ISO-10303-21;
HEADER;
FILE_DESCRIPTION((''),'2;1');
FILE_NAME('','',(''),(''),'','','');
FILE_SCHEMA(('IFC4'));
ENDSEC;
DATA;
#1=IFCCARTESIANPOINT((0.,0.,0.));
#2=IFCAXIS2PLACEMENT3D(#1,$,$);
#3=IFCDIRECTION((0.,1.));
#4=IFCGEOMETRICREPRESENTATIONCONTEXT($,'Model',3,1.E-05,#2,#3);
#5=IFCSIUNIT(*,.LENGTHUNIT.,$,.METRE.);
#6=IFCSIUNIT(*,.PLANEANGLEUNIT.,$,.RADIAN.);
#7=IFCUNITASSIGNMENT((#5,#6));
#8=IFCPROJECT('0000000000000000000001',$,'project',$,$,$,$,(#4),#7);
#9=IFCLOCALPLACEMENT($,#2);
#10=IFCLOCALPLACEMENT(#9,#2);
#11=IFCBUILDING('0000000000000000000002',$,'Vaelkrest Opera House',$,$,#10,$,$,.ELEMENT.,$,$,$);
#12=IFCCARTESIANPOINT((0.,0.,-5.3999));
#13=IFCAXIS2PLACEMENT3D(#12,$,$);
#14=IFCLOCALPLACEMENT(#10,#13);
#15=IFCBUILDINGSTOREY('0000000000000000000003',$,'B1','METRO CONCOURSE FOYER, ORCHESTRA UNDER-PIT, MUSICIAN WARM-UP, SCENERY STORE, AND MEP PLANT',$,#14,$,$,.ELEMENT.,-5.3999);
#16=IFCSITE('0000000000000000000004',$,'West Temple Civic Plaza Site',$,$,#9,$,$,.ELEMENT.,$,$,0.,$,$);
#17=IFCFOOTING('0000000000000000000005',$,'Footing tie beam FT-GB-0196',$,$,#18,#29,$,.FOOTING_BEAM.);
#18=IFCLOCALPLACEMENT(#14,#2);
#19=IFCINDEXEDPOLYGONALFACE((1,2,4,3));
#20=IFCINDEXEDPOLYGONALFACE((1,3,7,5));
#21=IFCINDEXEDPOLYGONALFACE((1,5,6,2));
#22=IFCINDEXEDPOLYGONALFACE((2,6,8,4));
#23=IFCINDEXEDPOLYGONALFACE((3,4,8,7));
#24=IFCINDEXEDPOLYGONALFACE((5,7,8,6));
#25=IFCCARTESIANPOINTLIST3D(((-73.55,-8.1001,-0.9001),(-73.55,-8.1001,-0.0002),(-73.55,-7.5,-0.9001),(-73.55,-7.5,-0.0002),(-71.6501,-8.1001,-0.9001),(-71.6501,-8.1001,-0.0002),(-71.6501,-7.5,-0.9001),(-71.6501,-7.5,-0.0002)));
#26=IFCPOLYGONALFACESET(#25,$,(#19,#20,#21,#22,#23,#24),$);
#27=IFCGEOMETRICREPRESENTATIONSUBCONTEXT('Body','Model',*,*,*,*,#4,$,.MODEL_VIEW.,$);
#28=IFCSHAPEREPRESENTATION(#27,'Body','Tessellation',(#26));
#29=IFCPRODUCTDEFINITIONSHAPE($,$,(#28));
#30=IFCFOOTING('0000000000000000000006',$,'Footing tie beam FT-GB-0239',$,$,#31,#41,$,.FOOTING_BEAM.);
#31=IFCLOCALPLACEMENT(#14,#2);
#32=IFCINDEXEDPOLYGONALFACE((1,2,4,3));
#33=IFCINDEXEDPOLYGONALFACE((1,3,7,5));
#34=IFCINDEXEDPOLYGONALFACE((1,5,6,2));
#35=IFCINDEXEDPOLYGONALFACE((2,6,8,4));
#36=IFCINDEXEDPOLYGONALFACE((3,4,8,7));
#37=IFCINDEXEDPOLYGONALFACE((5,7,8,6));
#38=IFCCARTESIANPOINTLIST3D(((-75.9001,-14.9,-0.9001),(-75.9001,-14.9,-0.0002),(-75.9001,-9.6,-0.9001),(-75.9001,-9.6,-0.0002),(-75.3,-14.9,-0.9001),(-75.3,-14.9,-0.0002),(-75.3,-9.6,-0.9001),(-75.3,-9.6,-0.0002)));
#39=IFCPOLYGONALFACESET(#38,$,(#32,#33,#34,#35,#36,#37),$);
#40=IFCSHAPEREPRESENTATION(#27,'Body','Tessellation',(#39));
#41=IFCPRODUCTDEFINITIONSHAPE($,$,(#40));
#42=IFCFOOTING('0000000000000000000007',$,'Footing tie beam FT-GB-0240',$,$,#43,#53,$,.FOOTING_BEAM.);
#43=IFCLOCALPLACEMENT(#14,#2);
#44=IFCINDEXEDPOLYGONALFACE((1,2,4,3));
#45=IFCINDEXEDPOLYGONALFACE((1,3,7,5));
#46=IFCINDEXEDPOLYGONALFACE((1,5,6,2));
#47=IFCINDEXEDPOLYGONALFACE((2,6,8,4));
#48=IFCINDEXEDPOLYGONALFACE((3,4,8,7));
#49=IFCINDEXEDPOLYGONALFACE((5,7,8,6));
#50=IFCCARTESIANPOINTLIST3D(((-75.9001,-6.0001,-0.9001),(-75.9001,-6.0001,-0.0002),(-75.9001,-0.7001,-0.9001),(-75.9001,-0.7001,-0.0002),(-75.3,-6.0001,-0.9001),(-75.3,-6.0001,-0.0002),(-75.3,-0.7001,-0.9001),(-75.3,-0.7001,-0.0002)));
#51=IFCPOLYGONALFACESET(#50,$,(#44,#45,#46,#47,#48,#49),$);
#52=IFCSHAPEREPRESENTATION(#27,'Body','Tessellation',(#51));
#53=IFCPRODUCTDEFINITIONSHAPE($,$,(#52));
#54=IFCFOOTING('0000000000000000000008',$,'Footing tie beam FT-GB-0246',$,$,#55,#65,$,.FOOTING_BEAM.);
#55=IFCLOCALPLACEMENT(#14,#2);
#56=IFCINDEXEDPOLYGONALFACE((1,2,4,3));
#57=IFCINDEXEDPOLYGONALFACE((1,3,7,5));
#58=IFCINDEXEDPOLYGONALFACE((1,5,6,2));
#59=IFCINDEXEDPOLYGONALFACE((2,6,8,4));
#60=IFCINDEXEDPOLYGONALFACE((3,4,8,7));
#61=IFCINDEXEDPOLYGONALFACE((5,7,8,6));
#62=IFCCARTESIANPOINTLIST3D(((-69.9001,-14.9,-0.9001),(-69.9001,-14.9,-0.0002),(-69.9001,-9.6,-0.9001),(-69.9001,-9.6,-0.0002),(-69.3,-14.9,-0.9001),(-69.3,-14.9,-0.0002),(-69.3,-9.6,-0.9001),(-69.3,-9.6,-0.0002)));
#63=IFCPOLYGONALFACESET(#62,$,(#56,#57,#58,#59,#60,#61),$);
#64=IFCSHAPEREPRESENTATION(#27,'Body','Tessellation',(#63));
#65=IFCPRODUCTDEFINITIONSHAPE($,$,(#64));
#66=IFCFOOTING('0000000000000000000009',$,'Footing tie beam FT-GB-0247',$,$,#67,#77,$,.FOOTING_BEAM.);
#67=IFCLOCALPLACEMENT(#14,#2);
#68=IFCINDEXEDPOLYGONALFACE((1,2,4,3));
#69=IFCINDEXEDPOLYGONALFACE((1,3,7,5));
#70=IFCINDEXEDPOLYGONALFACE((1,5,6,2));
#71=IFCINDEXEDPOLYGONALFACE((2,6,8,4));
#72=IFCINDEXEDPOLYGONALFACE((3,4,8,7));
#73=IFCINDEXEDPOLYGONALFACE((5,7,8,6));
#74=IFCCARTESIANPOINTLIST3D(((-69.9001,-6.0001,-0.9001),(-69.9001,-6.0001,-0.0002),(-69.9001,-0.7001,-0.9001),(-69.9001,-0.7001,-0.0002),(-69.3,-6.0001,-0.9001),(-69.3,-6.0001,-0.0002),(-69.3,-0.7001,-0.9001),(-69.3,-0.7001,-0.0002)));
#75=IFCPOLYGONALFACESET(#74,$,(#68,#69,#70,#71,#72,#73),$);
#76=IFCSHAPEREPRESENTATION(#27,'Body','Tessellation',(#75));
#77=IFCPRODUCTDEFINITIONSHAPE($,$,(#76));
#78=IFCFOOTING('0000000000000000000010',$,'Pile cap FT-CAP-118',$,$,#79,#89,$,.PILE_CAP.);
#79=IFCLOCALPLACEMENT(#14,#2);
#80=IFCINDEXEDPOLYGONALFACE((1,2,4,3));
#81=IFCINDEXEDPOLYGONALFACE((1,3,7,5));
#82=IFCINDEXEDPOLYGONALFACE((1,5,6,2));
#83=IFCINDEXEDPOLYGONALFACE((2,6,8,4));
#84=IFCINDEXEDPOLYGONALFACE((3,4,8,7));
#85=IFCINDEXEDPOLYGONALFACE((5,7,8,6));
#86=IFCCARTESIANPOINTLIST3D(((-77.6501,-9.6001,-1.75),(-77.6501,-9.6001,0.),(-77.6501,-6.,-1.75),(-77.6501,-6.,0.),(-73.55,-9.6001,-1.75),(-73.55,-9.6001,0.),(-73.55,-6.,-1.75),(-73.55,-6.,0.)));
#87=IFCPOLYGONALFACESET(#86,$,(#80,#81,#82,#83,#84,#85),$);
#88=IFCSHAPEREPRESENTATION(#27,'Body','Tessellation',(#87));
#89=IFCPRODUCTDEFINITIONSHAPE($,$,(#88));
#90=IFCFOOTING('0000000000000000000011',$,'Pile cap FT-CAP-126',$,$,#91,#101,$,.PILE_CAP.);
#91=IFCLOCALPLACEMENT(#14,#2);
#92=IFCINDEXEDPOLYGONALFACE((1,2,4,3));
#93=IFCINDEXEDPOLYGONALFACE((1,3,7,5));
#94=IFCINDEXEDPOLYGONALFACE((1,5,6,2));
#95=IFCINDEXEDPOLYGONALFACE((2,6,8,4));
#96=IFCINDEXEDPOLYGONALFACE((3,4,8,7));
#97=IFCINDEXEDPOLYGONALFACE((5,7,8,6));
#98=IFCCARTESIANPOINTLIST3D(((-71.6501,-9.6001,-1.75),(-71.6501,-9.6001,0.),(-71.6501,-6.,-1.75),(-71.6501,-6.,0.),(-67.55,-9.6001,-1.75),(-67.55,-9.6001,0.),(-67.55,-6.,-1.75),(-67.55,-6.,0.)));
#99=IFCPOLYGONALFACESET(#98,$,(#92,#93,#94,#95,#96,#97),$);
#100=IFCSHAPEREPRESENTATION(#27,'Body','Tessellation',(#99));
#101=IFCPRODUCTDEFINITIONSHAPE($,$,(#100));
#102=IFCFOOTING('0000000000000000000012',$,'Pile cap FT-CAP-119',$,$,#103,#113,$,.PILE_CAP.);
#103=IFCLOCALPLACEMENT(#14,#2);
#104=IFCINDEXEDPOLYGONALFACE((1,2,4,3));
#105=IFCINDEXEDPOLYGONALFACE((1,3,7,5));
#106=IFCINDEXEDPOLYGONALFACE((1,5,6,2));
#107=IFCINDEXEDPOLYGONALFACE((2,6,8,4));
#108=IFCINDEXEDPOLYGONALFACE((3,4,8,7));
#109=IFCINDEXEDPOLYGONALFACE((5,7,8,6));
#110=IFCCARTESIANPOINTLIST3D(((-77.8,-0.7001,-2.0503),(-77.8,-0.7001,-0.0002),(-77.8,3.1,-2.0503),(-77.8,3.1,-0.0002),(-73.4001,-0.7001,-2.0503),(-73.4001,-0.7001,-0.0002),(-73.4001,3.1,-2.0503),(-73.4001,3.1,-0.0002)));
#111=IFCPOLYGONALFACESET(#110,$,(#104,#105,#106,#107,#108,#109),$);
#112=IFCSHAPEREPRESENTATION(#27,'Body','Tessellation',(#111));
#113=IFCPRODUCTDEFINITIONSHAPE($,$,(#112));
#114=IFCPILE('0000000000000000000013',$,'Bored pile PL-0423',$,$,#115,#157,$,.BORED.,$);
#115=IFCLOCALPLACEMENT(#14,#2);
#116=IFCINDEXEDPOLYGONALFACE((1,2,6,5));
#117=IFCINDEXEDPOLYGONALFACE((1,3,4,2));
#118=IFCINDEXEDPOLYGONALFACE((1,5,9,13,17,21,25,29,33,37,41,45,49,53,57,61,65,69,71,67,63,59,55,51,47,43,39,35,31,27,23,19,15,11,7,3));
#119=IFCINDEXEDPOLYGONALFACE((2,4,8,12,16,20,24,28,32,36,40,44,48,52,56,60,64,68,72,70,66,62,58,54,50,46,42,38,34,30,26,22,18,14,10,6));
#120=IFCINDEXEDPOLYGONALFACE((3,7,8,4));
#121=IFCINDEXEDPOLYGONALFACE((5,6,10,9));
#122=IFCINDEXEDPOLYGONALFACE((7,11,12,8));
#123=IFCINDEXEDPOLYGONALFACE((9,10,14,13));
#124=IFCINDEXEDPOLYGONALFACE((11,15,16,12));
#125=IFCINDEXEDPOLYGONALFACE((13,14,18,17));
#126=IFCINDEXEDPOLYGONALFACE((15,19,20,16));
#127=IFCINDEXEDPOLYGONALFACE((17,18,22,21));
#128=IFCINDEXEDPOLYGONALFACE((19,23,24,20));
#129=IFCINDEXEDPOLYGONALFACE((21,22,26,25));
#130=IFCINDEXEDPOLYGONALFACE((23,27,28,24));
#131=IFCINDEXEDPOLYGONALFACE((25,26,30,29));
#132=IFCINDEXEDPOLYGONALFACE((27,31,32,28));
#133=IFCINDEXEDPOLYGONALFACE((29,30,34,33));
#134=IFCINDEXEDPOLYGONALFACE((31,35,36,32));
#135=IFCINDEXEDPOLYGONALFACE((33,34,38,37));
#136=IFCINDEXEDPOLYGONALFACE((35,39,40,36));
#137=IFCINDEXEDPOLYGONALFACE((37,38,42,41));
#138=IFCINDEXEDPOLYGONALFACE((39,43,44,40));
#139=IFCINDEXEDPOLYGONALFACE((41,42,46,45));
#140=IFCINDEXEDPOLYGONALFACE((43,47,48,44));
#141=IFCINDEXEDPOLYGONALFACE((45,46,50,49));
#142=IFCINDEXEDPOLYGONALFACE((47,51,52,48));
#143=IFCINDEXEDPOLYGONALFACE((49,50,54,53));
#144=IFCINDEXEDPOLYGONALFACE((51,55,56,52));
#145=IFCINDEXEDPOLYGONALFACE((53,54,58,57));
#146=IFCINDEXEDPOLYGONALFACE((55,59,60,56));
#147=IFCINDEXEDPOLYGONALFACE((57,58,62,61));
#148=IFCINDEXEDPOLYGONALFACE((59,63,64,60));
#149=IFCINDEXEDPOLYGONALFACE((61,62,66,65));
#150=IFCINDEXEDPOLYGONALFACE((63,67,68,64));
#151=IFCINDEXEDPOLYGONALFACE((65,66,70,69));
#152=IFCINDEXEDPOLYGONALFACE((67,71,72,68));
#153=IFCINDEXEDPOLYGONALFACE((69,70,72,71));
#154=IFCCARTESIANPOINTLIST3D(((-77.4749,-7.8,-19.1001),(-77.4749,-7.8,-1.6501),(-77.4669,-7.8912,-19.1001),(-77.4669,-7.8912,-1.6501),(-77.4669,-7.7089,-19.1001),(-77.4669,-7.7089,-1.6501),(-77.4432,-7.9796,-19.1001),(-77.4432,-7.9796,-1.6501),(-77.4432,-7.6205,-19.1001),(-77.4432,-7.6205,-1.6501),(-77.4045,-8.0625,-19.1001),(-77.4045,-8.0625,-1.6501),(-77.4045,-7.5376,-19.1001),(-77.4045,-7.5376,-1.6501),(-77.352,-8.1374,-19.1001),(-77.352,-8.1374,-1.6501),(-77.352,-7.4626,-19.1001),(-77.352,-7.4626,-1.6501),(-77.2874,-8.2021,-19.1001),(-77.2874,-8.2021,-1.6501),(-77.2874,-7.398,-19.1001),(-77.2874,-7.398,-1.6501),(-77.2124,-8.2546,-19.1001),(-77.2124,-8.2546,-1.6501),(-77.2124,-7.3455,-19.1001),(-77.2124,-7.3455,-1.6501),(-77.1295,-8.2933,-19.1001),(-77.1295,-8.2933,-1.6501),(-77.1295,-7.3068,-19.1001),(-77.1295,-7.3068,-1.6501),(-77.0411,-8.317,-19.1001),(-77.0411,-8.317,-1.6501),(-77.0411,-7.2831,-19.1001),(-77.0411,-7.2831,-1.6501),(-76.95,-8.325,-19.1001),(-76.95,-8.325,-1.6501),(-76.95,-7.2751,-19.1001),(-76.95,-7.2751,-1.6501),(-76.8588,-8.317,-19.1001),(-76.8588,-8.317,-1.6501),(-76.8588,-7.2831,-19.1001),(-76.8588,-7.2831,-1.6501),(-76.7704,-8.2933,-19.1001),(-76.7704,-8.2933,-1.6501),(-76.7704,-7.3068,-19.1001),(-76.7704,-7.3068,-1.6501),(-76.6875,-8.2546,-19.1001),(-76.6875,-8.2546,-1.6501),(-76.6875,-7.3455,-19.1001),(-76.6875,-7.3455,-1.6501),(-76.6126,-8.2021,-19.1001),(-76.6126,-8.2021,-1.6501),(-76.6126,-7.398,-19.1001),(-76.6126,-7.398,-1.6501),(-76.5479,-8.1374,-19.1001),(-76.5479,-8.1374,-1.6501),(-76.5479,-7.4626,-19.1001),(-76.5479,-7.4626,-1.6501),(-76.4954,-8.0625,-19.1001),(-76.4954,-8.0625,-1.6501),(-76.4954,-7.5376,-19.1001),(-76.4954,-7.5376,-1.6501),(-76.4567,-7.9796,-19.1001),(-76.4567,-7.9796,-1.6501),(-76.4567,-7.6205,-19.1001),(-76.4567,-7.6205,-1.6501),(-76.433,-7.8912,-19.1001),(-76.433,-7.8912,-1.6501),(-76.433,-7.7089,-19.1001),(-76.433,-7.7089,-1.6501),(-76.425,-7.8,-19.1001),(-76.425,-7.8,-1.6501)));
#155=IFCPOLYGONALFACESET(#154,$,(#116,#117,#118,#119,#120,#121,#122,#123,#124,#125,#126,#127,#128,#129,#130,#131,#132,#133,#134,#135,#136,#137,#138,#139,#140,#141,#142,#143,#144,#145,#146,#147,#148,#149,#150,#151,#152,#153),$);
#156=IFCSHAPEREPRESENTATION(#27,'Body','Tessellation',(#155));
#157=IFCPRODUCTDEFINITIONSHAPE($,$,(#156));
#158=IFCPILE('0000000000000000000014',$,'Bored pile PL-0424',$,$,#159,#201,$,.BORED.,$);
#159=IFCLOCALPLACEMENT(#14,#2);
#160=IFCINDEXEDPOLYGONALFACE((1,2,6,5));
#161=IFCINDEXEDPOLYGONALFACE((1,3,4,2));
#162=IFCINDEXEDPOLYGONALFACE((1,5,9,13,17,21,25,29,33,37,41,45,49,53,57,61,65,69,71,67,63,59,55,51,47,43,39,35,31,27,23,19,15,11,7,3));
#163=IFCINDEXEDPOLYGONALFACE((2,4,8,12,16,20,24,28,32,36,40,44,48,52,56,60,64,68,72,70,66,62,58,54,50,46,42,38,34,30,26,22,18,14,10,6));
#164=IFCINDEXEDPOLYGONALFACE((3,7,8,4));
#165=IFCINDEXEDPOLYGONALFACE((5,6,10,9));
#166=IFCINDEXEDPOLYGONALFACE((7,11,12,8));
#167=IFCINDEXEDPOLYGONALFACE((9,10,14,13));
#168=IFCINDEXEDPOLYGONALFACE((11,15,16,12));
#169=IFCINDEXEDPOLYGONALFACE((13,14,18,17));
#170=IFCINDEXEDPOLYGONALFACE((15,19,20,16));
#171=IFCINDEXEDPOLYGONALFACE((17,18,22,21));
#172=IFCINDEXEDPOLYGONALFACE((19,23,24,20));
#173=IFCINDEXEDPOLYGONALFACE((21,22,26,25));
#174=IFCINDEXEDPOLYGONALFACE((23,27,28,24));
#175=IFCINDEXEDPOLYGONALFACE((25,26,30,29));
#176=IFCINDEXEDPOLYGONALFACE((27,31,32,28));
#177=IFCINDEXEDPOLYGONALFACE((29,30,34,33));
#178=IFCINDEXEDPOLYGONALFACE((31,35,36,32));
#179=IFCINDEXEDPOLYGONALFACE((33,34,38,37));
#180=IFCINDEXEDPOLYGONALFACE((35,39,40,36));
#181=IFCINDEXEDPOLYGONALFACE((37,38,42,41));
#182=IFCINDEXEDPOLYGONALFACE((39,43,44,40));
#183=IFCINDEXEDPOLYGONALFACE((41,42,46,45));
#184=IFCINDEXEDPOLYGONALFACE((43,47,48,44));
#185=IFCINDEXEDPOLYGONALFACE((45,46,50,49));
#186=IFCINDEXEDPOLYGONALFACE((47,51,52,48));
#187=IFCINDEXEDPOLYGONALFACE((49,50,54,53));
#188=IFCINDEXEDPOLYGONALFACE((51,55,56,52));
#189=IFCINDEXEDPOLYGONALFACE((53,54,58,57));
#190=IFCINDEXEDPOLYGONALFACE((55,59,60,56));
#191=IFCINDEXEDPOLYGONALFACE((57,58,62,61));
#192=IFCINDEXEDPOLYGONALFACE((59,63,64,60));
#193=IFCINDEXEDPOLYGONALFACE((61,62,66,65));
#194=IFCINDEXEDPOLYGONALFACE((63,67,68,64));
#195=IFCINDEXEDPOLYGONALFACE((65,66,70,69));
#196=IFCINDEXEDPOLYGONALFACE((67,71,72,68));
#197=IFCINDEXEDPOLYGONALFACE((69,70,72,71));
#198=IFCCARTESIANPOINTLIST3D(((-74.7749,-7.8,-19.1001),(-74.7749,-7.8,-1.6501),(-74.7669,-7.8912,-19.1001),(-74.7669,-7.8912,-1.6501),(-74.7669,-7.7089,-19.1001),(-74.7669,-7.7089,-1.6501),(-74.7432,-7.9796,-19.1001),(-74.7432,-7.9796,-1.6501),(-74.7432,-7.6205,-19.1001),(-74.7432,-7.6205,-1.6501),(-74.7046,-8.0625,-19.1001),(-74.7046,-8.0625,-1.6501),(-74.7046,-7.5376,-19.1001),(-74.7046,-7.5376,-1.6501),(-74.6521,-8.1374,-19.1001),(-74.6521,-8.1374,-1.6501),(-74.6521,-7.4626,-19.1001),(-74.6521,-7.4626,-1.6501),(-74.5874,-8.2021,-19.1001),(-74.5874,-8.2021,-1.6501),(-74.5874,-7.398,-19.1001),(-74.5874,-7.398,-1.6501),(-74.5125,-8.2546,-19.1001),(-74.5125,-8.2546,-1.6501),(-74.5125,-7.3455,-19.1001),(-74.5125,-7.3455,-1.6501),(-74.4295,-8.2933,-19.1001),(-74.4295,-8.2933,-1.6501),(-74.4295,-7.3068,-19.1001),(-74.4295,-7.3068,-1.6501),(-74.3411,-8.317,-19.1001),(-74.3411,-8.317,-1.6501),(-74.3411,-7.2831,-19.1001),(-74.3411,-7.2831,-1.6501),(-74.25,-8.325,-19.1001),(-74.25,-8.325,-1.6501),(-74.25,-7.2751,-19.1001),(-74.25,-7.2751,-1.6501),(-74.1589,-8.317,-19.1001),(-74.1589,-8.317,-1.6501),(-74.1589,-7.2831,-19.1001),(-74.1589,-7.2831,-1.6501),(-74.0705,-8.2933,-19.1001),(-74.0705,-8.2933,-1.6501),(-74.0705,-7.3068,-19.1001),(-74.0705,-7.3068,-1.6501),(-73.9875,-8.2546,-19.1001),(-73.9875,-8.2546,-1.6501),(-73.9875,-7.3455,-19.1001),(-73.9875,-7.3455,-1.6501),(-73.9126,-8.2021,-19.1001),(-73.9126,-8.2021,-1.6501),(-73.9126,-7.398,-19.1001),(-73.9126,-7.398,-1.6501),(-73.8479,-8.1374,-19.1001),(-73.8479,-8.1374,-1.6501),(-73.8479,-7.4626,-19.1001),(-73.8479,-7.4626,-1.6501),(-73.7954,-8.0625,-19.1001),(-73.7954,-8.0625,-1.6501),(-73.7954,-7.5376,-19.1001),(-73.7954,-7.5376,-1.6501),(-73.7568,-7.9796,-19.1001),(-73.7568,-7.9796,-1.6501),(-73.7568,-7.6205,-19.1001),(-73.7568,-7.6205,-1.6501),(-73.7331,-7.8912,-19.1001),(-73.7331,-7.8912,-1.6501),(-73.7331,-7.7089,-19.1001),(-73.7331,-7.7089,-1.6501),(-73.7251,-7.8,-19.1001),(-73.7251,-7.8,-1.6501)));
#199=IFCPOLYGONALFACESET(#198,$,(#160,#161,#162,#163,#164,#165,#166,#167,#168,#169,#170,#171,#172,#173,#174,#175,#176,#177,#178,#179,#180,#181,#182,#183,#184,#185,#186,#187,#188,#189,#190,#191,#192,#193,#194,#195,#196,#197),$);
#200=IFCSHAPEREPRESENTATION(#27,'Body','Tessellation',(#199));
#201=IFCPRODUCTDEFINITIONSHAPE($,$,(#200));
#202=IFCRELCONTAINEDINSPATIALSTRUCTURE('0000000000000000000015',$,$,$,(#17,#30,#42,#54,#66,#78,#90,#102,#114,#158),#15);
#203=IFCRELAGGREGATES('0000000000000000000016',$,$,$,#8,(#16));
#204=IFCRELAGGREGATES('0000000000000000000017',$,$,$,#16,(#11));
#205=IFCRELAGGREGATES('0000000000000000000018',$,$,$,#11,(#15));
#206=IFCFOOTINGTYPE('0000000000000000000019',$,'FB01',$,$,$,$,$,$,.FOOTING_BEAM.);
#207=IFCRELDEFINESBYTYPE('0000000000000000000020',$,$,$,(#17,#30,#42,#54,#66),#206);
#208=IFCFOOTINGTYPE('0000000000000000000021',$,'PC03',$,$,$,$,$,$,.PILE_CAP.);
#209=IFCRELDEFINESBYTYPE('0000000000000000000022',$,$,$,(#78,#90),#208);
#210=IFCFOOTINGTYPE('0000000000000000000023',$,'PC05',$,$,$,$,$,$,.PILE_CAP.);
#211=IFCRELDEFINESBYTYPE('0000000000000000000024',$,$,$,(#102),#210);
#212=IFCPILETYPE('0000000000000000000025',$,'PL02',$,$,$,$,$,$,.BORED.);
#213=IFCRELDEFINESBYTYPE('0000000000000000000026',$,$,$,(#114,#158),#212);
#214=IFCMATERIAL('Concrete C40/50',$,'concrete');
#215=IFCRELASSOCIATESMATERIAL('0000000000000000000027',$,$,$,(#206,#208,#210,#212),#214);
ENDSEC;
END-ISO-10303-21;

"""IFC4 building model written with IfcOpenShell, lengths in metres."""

from ifc_helpers import new_model, si_unit, direction, frame, origin, origin_2d, place, context, subcontext, project, spatial, rectangle, circle, extrude, material, material_profile, profile_set, type_object, element, save


model = new_model("IFC4")

# Units and contexts
model_context = context("Model", 3, precision=1e-05, world=origin(), true_north=direction((0.0, 1.0)))
body_context = subcontext(model_context, "Body", "Model", "MODEL_VIEW")
ifc_project = project(units=[si_unit("LENGTHUNIT", "METRE"), si_unit("PLANEANGLEUNIT", "RADIAN")], contexts=[model_context])

# Site, building, storey
site_placement = place(None, origin())
site = spatial("IfcSite", under=ifc_project, at=site_placement, Name="West Temple Civic Plaza Site", CompositionType="ELEMENT", RefElevation=0.0)
building_placement = place(site_placement, origin())
building = spatial("IfcBuilding", under=site, at=building_placement, Name="Vaelkrest Opera House", CompositionType="ELEMENT")
storey_placement = place(building_placement, frame((0.0, 0.0, -5.3999)))
storey = spatial("IfcBuildingStorey", under=building, at=storey_placement, Name="B1", Description="METRO CONCOURSE FOYER, ORCHESTRA UNDER-PIT, MUSICIAN WARM-UP, SCENERY STORE, AND MEP PLANT", CompositionType="ELEMENT", Elevation=-5.3999)

# Footings
ifc_material_1 = material(Name="Concrete C40/50", Category="concrete")
footing_type_1 = type_object("IfcFootingType", Name="FB01", PredefinedType="FOOTING_BEAM", material=ifc_material_1)
footing_1_placement = place(storey_placement, frame((-72.6001, -7.8, -0.9001), z_axis=(0.0, 0.0, 1.0), x_axis=(1.0, 0.0, 0.0)))
element("IfcFooting", 1, at=footing_1_placement, inside=storey, type_object=footing_type_1, Name="Footing tie beam FT-GB-0196", PredefinedType="FOOTING_BEAM", context=body_context, shape_type="SweptSolid", body=[
    extrude(rectangle(XDim=1.8999, YDim=0.6001, at=origin_2d()), origin(), (0.0, 0.0, 1.0), 0.8999),
])
for number, where, z_axis, x_axis, name in (
    (2, (-75.6001, -12.25, -0.9001), (0.0, 0.0, 1.0), (0.0, 1.0, 0.0), "Footing tie beam FT-GB-0239"),
    (3, (-75.6001, -3.3501, -0.9001), (0.0, 0.0, 1.0), (0.0, 1.0, 0.0), "Footing tie beam FT-GB-0240"),
    (4, (-69.6001, -12.25, -0.9001), (0.0, 0.0, 1.0), (0.0, 1.0, 0.0), "Footing tie beam FT-GB-0246"),
    (5, (-69.6001, -3.3501, -0.9001), (0.0, 0.0, 1.0), (0.0, 1.0, 0.0), "Footing tie beam FT-GB-0247"),
):
    element("IfcFooting", number, at=place(storey_placement, frame(where, z_axis=z_axis, x_axis=x_axis)), inside=storey, type_object=footing_type_1, Name=name, PredefinedType="FOOTING_BEAM", context=body_context, shape_type="SweptSolid", body=[
        extrude(rectangle(XDim=5.3, YDim=0.6001, at=origin_2d()), origin(), (0.0, 0.0, 1.0), 0.8999),
    ])
footing_type_2 = type_object("IfcFootingType", Name="PC03", PredefinedType="PILE_CAP", material=ifc_material_1)
for number, where, z_axis, x_axis, name in (
    (6, (-75.6001, -7.8, -1.75), (0.0, 0.0, 1.0), (1.0, 0.0, 0.0), "Pile cap FT-CAP-118"),
    (7, (-69.6001, -7.8, -1.75), (0.0, 0.0, 1.0), (1.0, 0.0, 0.0), "Pile cap FT-CAP-126"),
):
    element("IfcFooting", number, at=place(storey_placement, frame(where, z_axis=z_axis, x_axis=x_axis)), inside=storey, type_object=footing_type_2, Name=name, PredefinedType="PILE_CAP", context=body_context, shape_type="SweptSolid", body=[
        extrude(rectangle(XDim=4.1001, YDim=3.6001, at=origin_2d()), origin(), (0.0, 0.0, 1.0), 1.75),
    ])
footing_type_3 = type_object("IfcFootingType", Name="PC05", PredefinedType="PILE_CAP", material=ifc_material_1)
footing_2_placement = place(storey_placement, frame((-75.6001, 1.2, -2.0503), z_axis=(0.0, 0.0, 1.0), x_axis=(1.0, 0.0, 0.0)))
element("IfcFooting", 8, at=footing_2_placement, inside=storey, type_object=footing_type_3, Name="Pile cap FT-CAP-119", PredefinedType="PILE_CAP", context=body_context, shape_type="SweptSolid", body=[
    extrude(rectangle(XDim=4.3999, YDim=3.8, at=origin_2d()), origin(), (0.0, 0.0, 1.0), 2.05),
])

# Piles
ifc_material_profile_1 = material_profile(ifc_material_1, circle(Radius=0.5249, at=origin_2d()), Name="PILE1050")
ifc_profile_set_1 = profile_set([ifc_material_profile_1], Name="Concrete C40/50")
pile_type = type_object("IfcPileType", Name="PL02", PredefinedType="BORED", material=ifc_profile_set_1)
for number, where, z_axis, x_axis, name in (
    (9, (-76.95, -7.8, -1.6501), (0.0, 0.0, -1.0), (1.0, 0.0, 0.0), "Bored pile PL-0423"),
    (10, (-74.25, -7.8, -1.6501), (0.0, 0.0, -1.0), (1.0, 0.0, 0.0), "Bored pile PL-0424"),
):
    element("IfcPile", number, at=place(storey_placement, frame(where, z_axis=z_axis, x_axis=x_axis)), inside=storey, type_object=pile_type, Name=name, PredefinedType="BORED", context=body_context, shape_type="SweptSolid", body=[
        extrude(circle(Radius=0.5249, at=origin_2d()), origin(), (0.0, 0.0, 1.0), 17.45),
    ])

save(model, "model.ifc")
